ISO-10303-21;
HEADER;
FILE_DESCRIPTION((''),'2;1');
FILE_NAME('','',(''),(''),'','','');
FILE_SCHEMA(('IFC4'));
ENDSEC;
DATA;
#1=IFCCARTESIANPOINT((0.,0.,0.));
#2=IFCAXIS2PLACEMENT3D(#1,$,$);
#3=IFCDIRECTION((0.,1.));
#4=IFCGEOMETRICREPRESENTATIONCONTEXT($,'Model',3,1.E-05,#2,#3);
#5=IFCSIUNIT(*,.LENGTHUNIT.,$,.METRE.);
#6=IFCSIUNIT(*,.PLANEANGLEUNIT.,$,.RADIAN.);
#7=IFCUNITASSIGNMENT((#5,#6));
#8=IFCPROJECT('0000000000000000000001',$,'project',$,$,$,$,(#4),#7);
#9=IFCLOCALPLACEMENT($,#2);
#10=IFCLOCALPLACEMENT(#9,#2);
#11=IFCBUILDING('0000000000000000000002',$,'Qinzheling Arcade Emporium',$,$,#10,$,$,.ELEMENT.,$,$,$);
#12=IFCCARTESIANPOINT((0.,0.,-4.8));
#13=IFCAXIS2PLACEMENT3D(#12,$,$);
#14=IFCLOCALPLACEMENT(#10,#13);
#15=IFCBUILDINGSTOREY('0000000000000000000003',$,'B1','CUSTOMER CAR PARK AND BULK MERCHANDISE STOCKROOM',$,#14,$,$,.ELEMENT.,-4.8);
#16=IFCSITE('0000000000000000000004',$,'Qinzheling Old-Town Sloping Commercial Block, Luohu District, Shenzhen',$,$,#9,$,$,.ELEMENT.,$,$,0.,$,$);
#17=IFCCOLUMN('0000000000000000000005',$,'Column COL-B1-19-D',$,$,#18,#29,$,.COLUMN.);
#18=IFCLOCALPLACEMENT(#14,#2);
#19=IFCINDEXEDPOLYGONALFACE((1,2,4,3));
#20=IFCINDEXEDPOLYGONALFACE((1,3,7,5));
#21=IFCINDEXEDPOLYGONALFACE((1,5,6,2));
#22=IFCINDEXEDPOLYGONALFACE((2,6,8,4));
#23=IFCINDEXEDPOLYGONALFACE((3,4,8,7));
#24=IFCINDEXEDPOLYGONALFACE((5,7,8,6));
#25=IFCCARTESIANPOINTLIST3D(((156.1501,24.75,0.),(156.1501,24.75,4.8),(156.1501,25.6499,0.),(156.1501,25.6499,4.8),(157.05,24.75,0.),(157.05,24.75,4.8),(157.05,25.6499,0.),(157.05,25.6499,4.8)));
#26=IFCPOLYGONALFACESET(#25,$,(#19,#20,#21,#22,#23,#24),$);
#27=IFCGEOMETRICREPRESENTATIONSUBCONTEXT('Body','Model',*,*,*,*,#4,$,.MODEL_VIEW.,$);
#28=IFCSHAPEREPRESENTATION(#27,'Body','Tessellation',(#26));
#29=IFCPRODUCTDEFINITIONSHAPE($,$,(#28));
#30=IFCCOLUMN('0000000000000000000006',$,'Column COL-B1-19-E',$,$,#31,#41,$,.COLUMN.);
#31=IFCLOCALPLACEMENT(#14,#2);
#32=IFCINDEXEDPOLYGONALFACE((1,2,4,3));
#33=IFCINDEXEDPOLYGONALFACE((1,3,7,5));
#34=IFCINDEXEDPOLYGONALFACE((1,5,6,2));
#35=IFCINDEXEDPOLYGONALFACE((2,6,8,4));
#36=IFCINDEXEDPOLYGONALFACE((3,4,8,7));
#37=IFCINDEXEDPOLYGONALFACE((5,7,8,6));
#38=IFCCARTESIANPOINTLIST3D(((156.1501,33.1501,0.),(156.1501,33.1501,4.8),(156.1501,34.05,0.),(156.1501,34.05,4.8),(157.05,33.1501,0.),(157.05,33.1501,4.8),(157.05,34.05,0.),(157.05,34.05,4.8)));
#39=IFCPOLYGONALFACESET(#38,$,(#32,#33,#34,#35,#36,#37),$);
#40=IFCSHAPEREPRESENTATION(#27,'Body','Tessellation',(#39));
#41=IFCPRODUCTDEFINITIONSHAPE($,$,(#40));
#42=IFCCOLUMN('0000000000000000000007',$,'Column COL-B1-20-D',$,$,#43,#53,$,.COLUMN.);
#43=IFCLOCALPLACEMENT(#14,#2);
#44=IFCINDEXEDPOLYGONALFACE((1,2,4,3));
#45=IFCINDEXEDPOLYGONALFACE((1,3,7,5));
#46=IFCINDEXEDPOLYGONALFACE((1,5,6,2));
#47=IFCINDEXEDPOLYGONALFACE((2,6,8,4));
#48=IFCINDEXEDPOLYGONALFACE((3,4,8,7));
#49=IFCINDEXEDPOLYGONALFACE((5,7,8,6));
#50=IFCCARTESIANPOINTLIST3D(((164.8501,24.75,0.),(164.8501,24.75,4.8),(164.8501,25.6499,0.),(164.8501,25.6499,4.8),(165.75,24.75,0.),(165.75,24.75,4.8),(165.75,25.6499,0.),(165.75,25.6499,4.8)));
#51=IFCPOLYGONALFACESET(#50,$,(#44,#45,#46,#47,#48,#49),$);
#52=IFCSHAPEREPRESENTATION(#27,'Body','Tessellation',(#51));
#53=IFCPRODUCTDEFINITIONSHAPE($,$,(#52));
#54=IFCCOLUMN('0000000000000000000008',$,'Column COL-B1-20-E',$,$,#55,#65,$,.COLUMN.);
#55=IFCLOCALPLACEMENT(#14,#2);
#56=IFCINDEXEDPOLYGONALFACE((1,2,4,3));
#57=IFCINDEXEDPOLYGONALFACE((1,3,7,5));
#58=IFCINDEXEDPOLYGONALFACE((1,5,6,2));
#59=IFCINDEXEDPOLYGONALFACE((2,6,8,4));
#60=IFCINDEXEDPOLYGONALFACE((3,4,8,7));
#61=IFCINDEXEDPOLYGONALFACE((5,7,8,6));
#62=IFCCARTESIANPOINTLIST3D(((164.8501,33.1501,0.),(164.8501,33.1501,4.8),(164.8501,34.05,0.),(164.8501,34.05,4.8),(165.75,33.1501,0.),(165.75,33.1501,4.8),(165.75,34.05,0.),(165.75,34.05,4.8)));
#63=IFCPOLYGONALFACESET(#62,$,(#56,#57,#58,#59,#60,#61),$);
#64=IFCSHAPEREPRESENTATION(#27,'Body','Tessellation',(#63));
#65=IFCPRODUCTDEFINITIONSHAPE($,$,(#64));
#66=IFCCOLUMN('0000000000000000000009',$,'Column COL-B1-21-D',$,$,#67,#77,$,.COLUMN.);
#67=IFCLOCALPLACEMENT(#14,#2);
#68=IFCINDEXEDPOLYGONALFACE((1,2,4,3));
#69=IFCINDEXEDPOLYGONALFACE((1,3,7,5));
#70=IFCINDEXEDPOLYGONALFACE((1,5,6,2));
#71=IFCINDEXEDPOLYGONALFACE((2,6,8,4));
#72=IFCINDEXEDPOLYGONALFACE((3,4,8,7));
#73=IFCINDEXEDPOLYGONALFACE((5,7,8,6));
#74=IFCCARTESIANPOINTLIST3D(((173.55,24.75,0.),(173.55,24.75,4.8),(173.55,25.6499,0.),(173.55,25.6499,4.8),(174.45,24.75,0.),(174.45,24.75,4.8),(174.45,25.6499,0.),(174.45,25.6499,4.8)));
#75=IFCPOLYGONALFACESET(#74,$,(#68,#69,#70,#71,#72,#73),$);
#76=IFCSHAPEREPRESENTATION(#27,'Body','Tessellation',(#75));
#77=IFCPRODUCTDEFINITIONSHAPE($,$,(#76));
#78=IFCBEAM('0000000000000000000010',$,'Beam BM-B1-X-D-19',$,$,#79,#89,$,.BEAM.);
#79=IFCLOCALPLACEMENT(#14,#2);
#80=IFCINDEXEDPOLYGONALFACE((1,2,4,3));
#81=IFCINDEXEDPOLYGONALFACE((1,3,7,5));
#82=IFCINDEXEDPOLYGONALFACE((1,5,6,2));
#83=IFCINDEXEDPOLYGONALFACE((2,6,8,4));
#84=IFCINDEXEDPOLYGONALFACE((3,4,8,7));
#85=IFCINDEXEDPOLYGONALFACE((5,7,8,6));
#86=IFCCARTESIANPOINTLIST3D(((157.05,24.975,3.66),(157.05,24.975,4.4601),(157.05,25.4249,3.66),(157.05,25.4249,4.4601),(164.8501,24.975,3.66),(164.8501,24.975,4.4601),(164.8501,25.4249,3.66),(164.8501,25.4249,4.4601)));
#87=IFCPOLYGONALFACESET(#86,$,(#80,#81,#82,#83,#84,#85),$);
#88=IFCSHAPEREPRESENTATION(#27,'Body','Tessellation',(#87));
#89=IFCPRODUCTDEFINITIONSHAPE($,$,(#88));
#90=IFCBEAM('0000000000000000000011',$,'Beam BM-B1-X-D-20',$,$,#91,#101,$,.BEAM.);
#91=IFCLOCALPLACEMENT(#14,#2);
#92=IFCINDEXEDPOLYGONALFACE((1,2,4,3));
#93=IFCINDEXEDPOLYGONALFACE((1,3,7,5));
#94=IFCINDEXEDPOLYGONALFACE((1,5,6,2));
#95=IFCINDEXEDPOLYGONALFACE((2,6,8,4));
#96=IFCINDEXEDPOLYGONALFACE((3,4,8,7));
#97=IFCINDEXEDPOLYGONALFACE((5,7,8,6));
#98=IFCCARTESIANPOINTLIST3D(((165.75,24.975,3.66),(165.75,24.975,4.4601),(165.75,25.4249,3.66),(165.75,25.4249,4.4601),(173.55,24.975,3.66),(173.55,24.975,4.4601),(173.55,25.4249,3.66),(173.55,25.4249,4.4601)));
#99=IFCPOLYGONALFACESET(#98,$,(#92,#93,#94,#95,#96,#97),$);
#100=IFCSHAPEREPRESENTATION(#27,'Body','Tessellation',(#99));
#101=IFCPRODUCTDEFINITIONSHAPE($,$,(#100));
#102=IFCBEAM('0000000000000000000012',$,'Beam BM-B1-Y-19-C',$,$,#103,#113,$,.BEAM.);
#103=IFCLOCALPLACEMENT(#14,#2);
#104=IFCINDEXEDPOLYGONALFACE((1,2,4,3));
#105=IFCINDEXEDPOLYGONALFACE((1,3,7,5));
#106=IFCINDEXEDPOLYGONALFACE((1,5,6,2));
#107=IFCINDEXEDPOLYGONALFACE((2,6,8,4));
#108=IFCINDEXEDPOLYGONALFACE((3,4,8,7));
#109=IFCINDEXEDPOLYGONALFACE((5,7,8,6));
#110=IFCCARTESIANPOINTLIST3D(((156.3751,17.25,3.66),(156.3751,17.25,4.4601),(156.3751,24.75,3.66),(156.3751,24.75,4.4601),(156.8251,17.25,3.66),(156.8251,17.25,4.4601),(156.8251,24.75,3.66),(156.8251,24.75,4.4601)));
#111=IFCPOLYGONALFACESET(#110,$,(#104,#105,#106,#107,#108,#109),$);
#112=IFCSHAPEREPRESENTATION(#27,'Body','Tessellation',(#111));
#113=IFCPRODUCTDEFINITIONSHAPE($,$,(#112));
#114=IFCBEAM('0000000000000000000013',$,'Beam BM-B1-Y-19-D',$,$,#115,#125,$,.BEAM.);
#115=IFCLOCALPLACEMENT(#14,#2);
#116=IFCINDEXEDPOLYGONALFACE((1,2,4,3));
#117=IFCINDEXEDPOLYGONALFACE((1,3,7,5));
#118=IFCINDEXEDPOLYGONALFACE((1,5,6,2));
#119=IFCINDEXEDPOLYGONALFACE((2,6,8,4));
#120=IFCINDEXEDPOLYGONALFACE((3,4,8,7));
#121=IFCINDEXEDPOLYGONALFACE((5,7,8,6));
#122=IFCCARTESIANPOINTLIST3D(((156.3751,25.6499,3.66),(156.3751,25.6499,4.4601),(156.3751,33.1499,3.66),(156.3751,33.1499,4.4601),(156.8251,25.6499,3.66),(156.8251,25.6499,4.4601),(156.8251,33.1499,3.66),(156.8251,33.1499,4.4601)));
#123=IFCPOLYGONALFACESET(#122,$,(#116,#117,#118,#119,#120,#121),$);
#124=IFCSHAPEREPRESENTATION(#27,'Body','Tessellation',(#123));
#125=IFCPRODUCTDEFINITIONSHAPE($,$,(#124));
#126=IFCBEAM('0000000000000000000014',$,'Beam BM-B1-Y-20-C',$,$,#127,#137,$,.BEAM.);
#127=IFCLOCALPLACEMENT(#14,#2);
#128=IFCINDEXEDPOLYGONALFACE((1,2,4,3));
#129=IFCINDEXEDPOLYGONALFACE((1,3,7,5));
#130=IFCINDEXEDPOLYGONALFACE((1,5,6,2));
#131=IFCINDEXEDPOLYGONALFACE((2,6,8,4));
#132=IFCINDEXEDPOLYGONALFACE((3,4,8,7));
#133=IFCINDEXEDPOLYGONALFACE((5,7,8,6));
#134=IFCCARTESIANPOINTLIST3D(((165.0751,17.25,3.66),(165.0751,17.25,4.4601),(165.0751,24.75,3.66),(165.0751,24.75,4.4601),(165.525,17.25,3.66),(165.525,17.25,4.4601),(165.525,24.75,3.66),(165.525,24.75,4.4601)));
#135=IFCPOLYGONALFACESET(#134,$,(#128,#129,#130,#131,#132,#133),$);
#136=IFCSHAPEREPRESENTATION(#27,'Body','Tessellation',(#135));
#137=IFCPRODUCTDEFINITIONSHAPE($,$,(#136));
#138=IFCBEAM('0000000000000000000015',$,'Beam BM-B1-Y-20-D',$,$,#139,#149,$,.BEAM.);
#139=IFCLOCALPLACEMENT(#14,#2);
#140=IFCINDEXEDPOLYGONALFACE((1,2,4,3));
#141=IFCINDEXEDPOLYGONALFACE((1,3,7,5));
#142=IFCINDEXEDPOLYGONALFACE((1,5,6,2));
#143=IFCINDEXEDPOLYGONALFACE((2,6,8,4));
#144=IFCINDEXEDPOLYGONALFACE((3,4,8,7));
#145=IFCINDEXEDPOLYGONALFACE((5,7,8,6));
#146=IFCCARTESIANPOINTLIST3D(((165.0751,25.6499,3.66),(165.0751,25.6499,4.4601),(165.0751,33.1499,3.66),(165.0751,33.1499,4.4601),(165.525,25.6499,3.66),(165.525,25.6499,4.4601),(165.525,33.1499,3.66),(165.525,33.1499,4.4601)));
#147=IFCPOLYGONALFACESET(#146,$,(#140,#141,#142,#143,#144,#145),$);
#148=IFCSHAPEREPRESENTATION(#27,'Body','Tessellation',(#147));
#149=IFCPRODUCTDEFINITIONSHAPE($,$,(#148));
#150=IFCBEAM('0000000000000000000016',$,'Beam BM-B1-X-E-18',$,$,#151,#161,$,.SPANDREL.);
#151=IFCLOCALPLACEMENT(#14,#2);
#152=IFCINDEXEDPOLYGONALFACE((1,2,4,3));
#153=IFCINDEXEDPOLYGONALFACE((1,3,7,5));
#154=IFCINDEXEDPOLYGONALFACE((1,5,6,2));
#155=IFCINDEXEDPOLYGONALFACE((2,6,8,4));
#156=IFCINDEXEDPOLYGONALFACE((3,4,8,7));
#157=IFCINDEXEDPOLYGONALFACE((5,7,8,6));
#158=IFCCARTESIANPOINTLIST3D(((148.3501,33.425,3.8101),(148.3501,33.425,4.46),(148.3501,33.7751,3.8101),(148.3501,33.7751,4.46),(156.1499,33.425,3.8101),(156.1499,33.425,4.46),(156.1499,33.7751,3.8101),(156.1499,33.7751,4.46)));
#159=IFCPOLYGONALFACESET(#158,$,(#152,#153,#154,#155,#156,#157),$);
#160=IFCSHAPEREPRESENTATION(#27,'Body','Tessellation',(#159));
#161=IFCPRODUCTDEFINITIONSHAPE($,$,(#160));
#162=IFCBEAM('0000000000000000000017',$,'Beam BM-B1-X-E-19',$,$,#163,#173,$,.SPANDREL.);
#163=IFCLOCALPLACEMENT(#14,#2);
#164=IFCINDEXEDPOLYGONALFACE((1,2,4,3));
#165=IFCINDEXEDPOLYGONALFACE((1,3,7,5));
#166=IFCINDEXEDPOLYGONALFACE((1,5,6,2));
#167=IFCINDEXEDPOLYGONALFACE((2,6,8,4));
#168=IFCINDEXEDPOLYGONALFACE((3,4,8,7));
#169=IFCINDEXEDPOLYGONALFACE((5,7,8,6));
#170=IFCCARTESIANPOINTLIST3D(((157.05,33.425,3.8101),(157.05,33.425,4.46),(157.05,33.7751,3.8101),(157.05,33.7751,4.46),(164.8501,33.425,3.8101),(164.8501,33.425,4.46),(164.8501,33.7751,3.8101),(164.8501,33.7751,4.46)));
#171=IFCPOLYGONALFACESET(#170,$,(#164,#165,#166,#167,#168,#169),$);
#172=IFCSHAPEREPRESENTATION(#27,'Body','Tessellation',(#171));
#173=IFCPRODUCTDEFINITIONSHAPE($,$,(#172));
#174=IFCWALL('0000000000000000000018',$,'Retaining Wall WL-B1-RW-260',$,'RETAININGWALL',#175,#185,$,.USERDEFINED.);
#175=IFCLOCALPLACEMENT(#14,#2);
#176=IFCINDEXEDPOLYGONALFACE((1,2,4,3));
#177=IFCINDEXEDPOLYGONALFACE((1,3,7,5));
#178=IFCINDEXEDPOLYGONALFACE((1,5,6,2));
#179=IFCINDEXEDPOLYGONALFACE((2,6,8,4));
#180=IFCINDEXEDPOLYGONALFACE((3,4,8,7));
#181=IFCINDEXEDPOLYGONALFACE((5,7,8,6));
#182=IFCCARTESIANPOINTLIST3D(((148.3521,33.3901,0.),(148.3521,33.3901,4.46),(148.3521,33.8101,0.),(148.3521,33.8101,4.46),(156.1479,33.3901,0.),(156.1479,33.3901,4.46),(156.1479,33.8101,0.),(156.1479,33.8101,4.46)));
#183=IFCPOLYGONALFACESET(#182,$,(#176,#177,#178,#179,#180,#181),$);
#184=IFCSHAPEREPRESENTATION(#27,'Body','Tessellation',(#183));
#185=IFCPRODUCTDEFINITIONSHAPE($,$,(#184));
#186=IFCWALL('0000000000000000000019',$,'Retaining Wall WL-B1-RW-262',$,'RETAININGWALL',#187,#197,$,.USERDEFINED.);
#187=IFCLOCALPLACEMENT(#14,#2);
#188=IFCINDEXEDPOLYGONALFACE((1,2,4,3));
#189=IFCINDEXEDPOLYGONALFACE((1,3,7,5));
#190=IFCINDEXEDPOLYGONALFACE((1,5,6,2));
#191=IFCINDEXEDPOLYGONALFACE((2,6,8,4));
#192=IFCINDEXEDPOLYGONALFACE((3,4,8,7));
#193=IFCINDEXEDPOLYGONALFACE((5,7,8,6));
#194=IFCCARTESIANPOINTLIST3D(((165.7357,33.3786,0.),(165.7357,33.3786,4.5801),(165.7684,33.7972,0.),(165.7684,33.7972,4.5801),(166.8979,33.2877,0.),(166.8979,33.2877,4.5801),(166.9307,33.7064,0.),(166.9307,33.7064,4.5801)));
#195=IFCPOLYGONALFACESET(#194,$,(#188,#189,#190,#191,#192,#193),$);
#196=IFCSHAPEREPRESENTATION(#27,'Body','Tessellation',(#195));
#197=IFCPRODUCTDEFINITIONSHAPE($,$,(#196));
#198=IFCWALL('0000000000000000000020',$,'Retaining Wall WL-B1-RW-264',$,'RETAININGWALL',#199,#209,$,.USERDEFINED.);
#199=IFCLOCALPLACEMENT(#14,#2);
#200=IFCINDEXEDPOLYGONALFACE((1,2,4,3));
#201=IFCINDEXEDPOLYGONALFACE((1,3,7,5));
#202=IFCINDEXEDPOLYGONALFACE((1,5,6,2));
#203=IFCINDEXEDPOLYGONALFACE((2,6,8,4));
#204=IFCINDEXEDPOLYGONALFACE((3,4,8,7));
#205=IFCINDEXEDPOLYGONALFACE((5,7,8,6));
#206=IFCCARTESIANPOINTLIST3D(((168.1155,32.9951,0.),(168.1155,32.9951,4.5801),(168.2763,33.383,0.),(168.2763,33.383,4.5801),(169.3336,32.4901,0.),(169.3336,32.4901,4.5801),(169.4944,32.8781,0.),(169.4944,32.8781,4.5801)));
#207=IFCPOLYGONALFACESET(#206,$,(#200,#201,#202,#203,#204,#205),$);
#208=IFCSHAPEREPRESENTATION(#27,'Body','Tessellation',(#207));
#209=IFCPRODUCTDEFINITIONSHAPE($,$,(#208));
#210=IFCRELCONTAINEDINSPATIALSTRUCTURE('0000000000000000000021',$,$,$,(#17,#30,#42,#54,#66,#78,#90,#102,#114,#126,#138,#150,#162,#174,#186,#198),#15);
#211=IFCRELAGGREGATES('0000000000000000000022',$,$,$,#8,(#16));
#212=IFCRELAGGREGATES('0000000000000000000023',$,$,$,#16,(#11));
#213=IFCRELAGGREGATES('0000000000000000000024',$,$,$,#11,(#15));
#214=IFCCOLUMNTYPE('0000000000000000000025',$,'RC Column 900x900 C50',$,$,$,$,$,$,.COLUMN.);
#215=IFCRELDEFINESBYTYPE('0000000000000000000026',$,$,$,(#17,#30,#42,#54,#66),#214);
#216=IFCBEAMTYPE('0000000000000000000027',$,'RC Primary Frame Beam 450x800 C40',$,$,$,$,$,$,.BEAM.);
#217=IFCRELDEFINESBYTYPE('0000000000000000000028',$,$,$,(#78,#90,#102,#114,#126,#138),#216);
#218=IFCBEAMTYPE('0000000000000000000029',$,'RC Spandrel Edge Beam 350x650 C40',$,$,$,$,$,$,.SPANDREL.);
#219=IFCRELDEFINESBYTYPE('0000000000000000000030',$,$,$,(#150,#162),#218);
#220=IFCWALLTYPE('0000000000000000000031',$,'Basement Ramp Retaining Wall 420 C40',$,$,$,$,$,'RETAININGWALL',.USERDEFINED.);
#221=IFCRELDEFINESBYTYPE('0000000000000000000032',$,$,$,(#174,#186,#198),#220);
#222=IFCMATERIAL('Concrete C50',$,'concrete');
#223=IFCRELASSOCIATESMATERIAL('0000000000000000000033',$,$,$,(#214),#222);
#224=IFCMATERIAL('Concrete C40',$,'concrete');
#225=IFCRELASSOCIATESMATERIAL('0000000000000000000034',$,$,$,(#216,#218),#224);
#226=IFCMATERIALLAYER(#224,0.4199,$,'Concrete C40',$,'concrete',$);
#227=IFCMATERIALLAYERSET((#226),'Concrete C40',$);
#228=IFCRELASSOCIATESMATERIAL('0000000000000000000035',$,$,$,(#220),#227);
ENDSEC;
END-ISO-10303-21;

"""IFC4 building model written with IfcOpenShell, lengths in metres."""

from ifc_helpers import new_model, si_unit, direction, frame, frame_2d, origin, origin_2d, place, context, subcontext, project, spatial, rectangle, extrude, material, layer, layer_set, material_profile, profile_set, type_object, element, save


model = new_model("IFC4")

# Units and contexts
model_context = context("Model", 3, precision=1e-05, world=origin(), true_north=direction((0.0, 1.0)))
body_context = subcontext(model_context, "Body", "Model", "MODEL_VIEW")
ifc_project = project(units=[si_unit("LENGTHUNIT", "METRE"), si_unit("PLANEANGLEUNIT", "RADIAN")], contexts=[model_context])

# Site, building, storey
site_placement = place(None, origin())
site = spatial("IfcSite", under=ifc_project, at=site_placement, Name="Qinzheling Old-Town Sloping Commercial Block, Luohu District, Shenzhen", CompositionType="ELEMENT", RefElevation=0.0)
building_placement = place(site_placement, origin())
building = spatial("IfcBuilding", under=site, at=building_placement, Name="Qinzheling Arcade Emporium", CompositionType="ELEMENT")
storey_placement = place(building_placement, frame((0.0, 0.0, -4.8)))
storey = spatial("IfcBuildingStorey", under=building, at=storey_placement, Name="B1", Description="CUSTOMER CAR PARK AND BULK MERCHANDISE STOCKROOM", CompositionType="ELEMENT", Elevation=-4.8)

# Columns
ifc_material_1 = material(Name="Concrete C50", Category="concrete")
ifc_material_profile_1 = material_profile(ifc_material_1, rectangle(XDim=0.8999, YDim=0.8999, at=origin_2d()), Name="RC 900x900", Category="concrete")
ifc_profile_set_1 = profile_set([ifc_material_profile_1], Name="Concrete C50")
column_type = type_object("IfcColumnType", Name="RC Column 900x900 C50", PredefinedType="COLUMN", material=ifc_profile_set_1)
for number, where, z_axis, x_axis, name in (
    (1, (156.6001, 25.2, 0.0), (0.0, 0.0, 1.0), (1.0, 0.0, 0.0), "Column COL-B1-19-D"),
    (2, (156.6001, 33.6001, 0.0), (0.0, 0.0, 1.0), (1.0, 0.0, 0.0), "Column COL-B1-19-E"),
    (3, (165.3, 25.2, 0.0), (0.0, 0.0, 1.0), (1.0, 0.0, 0.0), "Column COL-B1-20-D"),
    (4, (165.3, 33.6001, 0.0), (0.0, 0.0, 1.0), (1.0, 0.0, 0.0), "Column COL-B1-20-E"),
    (5, (174.0, 25.2, 0.0), (0.0, 0.0, 1.0), (1.0, 0.0, 0.0), "Column COL-B1-21-D"),
):
    element("IfcColumn", number, at=place(storey_placement, frame(where, z_axis=z_axis, x_axis=x_axis)), inside=storey, type_object=column_type, Name=name, PredefinedType="COLUMN", context=body_context, shape_type="SweptSolid", body=[
        extrude(rectangle(XDim=0.8999, YDim=0.8999, at=origin_2d()), origin(), (0.0, 0.0, 1.0), 4.8),
    ])

# Beams
ifc_material_2 = material(Name="Concrete C40", Category="concrete")
ifc_material_profile_2 = material_profile(ifc_material_2, rectangle(XDim=0.45, YDim=0.8, at=origin_2d()), Name="RC 450x800", Category="concrete")
ifc_profile_set_2 = profile_set([ifc_material_profile_2], Name="Concrete C40")
beam_type_1 = type_object("IfcBeamType", Name="RC Primary Frame Beam 450x800 C40", PredefinedType="BEAM", material=ifc_profile_set_2)
for number, where, z_axis, x_axis, name in (
    (6, (157.05, 25.2, 4.0601), (1.0, 0.0, 0.0), (0.0, 1.0, 0.0), "Beam BM-B1-X-D-19"),
    (7, (165.75, 25.2, 4.0601), (1.0, 0.0, 0.0), (0.0, 1.0, 0.0), "Beam BM-B1-X-D-20"),
):
    element("IfcBeam", number, at=place(storey_placement, frame(where, z_axis=z_axis, x_axis=x_axis)), inside=storey, type_object=beam_type_1, Name=name, PredefinedType="BEAM", context=body_context, shape_type="SweptSolid", body=[
        extrude(rectangle(XDim=0.45, YDim=0.8, at=origin_2d()), origin(), (0.0, 0.0, 1.0), 7.8),
    ])
for number, where, z_axis, x_axis, name in (
    (8, (156.6001, 17.25, 4.0601), (0.0, 1.0, 0.0), (-1.0, 0.0, 0.0), "Beam BM-B1-Y-19-C"),
    (9, (156.6001, 25.6499, 4.0601), (0.0, 1.0, 0.0), (-1.0, 0.0, 0.0), "Beam BM-B1-Y-19-D"),
    (10, (165.3, 17.25, 4.0601), (0.0, 1.0, 0.0), (-1.0, 0.0, 0.0), "Beam BM-B1-Y-20-C"),
    (11, (165.3, 25.6499, 4.0601), (0.0, 1.0, 0.0), (-1.0, 0.0, 0.0), "Beam BM-B1-Y-20-D"),
):
    element("IfcBeam", number, at=place(storey_placement, frame(where, z_axis=z_axis, x_axis=x_axis)), inside=storey, type_object=beam_type_1, Name=name, PredefinedType="BEAM", context=body_context, shape_type="SweptSolid", body=[
        extrude(rectangle(XDim=0.45, YDim=0.8, at=origin_2d()), origin(), (0.0, 0.0, 1.0), 7.5),
    ])
ifc_material_profile_3 = material_profile(ifc_material_2, rectangle(XDim=0.3501, YDim=0.6499, at=origin_2d()), Name="RC 350x650", Category="concrete")
ifc_profile_set_3 = profile_set([ifc_material_profile_3], Name="Concrete C40")
beam_type_2 = type_object("IfcBeamType", Name="RC Spandrel Edge Beam 350x650 C40", PredefinedType="SPANDREL", material=ifc_profile_set_3)
beam_1_placement = place(storey_placement, frame((148.3501, 33.6001, 4.135), z_axis=(1.0, 0.0, 0.0), x_axis=(0.0, 1.0, 0.0)))
element("IfcBeam", 12, at=beam_1_placement, inside=storey, type_object=beam_type_2, Name="Beam BM-B1-X-E-18", PredefinedType="SPANDREL", context=body_context, shape_type="SweptSolid", body=[
    extrude(rectangle(XDim=0.3501, YDim=0.6499, at=origin_2d()), origin(), (0.0, 0.0, 1.0), 7.7998),
])
beam_2_placement = place(storey_placement, frame((157.05, 33.6001, 4.135), z_axis=(1.0, 0.0, 0.0), x_axis=(0.0, 1.0, 0.0)))
element("IfcBeam", 13, at=beam_2_placement, inside=storey, type_object=beam_type_2, Name="Beam BM-B1-X-E-19", PredefinedType="SPANDREL", context=body_context, shape_type="SweptSolid", body=[
    extrude(rectangle(XDim=0.3501, YDim=0.6499, at=origin_2d()), origin(), (0.0, 0.0, 1.0), 7.8),
])

# Walls
ifc_layer_1 = layer(ifc_material_2, 0.4199, Name="Concrete C40", Category="concrete")
ifc_layer_set_1 = layer_set([ifc_layer_1], Name="Concrete C40")
wall_type_1 = type_object("IfcWallType", Name="Basement Ramp Retaining Wall 420 C40", ElementType="RETAININGWALL", PredefinedType="USERDEFINED", material=ifc_layer_set_1)
wall_1_placement = place(storey_placement, frame((148.3521, 33.6001, 0.0), z_axis=(0.0, 0.0, 1.0), x_axis=(1.0, 0.0, 0.0)))
element("IfcWall", 14, at=wall_1_placement, inside=storey, type_object=wall_type_1, Name="Retaining Wall WL-B1-RW-260", ObjectType="RETAININGWALL", PredefinedType="USERDEFINED", context=body_context, shape_type="SweptSolid", body=[
    extrude(rectangle(XDim=7.7959, YDim=0.4199, at=frame_2d((3.8979, 0.0))), origin(), (0.0, 0.0, 1.0), 4.46),
])
wall_2_placement = place(storey_placement, frame((165.752, 33.5879, 0.0), z_axis=(0.0, 0.0, 1.0), x_axis=(0.99696, -0.077914, 0.0)))
element("IfcWall", 15, at=wall_2_placement, inside=storey, type_object=wall_type_1, Name="Retaining Wall WL-B1-RW-262", ObjectType="RETAININGWALL", PredefinedType="USERDEFINED", context=body_context, shape_type="SweptSolid", body=[
    extrude(rectangle(XDim=1.1658, YDim=0.4199, at=frame_2d((0.583, 0.0))), origin(), (0.0, 0.0, 1.0), 4.5801),
])
for number, where, z_axis, x_axis, name in (
    (16, (168.196, 33.189, 0.0), (0.0, 0.0, 1.0), (0.923782, -0.382919, 0.0), "Retaining Wall WL-B1-RW-264"),
):
    element("IfcWall", number, at=place(storey_placement, frame(where, z_axis=z_axis, x_axis=x_axis)), inside=storey, type_object=wall_type_1, Name=name, ObjectType="RETAININGWALL", PredefinedType="USERDEFINED", context=body_context, shape_type="SweptSolid", body=[
        extrude(rectangle(XDim=1.3186, YDim=0.4199, at=frame_2d((0.6592, 0.0))), origin(), (0.0, 0.0, 1.0), 4.5801),
    ])

save(model, "model.ifc")
